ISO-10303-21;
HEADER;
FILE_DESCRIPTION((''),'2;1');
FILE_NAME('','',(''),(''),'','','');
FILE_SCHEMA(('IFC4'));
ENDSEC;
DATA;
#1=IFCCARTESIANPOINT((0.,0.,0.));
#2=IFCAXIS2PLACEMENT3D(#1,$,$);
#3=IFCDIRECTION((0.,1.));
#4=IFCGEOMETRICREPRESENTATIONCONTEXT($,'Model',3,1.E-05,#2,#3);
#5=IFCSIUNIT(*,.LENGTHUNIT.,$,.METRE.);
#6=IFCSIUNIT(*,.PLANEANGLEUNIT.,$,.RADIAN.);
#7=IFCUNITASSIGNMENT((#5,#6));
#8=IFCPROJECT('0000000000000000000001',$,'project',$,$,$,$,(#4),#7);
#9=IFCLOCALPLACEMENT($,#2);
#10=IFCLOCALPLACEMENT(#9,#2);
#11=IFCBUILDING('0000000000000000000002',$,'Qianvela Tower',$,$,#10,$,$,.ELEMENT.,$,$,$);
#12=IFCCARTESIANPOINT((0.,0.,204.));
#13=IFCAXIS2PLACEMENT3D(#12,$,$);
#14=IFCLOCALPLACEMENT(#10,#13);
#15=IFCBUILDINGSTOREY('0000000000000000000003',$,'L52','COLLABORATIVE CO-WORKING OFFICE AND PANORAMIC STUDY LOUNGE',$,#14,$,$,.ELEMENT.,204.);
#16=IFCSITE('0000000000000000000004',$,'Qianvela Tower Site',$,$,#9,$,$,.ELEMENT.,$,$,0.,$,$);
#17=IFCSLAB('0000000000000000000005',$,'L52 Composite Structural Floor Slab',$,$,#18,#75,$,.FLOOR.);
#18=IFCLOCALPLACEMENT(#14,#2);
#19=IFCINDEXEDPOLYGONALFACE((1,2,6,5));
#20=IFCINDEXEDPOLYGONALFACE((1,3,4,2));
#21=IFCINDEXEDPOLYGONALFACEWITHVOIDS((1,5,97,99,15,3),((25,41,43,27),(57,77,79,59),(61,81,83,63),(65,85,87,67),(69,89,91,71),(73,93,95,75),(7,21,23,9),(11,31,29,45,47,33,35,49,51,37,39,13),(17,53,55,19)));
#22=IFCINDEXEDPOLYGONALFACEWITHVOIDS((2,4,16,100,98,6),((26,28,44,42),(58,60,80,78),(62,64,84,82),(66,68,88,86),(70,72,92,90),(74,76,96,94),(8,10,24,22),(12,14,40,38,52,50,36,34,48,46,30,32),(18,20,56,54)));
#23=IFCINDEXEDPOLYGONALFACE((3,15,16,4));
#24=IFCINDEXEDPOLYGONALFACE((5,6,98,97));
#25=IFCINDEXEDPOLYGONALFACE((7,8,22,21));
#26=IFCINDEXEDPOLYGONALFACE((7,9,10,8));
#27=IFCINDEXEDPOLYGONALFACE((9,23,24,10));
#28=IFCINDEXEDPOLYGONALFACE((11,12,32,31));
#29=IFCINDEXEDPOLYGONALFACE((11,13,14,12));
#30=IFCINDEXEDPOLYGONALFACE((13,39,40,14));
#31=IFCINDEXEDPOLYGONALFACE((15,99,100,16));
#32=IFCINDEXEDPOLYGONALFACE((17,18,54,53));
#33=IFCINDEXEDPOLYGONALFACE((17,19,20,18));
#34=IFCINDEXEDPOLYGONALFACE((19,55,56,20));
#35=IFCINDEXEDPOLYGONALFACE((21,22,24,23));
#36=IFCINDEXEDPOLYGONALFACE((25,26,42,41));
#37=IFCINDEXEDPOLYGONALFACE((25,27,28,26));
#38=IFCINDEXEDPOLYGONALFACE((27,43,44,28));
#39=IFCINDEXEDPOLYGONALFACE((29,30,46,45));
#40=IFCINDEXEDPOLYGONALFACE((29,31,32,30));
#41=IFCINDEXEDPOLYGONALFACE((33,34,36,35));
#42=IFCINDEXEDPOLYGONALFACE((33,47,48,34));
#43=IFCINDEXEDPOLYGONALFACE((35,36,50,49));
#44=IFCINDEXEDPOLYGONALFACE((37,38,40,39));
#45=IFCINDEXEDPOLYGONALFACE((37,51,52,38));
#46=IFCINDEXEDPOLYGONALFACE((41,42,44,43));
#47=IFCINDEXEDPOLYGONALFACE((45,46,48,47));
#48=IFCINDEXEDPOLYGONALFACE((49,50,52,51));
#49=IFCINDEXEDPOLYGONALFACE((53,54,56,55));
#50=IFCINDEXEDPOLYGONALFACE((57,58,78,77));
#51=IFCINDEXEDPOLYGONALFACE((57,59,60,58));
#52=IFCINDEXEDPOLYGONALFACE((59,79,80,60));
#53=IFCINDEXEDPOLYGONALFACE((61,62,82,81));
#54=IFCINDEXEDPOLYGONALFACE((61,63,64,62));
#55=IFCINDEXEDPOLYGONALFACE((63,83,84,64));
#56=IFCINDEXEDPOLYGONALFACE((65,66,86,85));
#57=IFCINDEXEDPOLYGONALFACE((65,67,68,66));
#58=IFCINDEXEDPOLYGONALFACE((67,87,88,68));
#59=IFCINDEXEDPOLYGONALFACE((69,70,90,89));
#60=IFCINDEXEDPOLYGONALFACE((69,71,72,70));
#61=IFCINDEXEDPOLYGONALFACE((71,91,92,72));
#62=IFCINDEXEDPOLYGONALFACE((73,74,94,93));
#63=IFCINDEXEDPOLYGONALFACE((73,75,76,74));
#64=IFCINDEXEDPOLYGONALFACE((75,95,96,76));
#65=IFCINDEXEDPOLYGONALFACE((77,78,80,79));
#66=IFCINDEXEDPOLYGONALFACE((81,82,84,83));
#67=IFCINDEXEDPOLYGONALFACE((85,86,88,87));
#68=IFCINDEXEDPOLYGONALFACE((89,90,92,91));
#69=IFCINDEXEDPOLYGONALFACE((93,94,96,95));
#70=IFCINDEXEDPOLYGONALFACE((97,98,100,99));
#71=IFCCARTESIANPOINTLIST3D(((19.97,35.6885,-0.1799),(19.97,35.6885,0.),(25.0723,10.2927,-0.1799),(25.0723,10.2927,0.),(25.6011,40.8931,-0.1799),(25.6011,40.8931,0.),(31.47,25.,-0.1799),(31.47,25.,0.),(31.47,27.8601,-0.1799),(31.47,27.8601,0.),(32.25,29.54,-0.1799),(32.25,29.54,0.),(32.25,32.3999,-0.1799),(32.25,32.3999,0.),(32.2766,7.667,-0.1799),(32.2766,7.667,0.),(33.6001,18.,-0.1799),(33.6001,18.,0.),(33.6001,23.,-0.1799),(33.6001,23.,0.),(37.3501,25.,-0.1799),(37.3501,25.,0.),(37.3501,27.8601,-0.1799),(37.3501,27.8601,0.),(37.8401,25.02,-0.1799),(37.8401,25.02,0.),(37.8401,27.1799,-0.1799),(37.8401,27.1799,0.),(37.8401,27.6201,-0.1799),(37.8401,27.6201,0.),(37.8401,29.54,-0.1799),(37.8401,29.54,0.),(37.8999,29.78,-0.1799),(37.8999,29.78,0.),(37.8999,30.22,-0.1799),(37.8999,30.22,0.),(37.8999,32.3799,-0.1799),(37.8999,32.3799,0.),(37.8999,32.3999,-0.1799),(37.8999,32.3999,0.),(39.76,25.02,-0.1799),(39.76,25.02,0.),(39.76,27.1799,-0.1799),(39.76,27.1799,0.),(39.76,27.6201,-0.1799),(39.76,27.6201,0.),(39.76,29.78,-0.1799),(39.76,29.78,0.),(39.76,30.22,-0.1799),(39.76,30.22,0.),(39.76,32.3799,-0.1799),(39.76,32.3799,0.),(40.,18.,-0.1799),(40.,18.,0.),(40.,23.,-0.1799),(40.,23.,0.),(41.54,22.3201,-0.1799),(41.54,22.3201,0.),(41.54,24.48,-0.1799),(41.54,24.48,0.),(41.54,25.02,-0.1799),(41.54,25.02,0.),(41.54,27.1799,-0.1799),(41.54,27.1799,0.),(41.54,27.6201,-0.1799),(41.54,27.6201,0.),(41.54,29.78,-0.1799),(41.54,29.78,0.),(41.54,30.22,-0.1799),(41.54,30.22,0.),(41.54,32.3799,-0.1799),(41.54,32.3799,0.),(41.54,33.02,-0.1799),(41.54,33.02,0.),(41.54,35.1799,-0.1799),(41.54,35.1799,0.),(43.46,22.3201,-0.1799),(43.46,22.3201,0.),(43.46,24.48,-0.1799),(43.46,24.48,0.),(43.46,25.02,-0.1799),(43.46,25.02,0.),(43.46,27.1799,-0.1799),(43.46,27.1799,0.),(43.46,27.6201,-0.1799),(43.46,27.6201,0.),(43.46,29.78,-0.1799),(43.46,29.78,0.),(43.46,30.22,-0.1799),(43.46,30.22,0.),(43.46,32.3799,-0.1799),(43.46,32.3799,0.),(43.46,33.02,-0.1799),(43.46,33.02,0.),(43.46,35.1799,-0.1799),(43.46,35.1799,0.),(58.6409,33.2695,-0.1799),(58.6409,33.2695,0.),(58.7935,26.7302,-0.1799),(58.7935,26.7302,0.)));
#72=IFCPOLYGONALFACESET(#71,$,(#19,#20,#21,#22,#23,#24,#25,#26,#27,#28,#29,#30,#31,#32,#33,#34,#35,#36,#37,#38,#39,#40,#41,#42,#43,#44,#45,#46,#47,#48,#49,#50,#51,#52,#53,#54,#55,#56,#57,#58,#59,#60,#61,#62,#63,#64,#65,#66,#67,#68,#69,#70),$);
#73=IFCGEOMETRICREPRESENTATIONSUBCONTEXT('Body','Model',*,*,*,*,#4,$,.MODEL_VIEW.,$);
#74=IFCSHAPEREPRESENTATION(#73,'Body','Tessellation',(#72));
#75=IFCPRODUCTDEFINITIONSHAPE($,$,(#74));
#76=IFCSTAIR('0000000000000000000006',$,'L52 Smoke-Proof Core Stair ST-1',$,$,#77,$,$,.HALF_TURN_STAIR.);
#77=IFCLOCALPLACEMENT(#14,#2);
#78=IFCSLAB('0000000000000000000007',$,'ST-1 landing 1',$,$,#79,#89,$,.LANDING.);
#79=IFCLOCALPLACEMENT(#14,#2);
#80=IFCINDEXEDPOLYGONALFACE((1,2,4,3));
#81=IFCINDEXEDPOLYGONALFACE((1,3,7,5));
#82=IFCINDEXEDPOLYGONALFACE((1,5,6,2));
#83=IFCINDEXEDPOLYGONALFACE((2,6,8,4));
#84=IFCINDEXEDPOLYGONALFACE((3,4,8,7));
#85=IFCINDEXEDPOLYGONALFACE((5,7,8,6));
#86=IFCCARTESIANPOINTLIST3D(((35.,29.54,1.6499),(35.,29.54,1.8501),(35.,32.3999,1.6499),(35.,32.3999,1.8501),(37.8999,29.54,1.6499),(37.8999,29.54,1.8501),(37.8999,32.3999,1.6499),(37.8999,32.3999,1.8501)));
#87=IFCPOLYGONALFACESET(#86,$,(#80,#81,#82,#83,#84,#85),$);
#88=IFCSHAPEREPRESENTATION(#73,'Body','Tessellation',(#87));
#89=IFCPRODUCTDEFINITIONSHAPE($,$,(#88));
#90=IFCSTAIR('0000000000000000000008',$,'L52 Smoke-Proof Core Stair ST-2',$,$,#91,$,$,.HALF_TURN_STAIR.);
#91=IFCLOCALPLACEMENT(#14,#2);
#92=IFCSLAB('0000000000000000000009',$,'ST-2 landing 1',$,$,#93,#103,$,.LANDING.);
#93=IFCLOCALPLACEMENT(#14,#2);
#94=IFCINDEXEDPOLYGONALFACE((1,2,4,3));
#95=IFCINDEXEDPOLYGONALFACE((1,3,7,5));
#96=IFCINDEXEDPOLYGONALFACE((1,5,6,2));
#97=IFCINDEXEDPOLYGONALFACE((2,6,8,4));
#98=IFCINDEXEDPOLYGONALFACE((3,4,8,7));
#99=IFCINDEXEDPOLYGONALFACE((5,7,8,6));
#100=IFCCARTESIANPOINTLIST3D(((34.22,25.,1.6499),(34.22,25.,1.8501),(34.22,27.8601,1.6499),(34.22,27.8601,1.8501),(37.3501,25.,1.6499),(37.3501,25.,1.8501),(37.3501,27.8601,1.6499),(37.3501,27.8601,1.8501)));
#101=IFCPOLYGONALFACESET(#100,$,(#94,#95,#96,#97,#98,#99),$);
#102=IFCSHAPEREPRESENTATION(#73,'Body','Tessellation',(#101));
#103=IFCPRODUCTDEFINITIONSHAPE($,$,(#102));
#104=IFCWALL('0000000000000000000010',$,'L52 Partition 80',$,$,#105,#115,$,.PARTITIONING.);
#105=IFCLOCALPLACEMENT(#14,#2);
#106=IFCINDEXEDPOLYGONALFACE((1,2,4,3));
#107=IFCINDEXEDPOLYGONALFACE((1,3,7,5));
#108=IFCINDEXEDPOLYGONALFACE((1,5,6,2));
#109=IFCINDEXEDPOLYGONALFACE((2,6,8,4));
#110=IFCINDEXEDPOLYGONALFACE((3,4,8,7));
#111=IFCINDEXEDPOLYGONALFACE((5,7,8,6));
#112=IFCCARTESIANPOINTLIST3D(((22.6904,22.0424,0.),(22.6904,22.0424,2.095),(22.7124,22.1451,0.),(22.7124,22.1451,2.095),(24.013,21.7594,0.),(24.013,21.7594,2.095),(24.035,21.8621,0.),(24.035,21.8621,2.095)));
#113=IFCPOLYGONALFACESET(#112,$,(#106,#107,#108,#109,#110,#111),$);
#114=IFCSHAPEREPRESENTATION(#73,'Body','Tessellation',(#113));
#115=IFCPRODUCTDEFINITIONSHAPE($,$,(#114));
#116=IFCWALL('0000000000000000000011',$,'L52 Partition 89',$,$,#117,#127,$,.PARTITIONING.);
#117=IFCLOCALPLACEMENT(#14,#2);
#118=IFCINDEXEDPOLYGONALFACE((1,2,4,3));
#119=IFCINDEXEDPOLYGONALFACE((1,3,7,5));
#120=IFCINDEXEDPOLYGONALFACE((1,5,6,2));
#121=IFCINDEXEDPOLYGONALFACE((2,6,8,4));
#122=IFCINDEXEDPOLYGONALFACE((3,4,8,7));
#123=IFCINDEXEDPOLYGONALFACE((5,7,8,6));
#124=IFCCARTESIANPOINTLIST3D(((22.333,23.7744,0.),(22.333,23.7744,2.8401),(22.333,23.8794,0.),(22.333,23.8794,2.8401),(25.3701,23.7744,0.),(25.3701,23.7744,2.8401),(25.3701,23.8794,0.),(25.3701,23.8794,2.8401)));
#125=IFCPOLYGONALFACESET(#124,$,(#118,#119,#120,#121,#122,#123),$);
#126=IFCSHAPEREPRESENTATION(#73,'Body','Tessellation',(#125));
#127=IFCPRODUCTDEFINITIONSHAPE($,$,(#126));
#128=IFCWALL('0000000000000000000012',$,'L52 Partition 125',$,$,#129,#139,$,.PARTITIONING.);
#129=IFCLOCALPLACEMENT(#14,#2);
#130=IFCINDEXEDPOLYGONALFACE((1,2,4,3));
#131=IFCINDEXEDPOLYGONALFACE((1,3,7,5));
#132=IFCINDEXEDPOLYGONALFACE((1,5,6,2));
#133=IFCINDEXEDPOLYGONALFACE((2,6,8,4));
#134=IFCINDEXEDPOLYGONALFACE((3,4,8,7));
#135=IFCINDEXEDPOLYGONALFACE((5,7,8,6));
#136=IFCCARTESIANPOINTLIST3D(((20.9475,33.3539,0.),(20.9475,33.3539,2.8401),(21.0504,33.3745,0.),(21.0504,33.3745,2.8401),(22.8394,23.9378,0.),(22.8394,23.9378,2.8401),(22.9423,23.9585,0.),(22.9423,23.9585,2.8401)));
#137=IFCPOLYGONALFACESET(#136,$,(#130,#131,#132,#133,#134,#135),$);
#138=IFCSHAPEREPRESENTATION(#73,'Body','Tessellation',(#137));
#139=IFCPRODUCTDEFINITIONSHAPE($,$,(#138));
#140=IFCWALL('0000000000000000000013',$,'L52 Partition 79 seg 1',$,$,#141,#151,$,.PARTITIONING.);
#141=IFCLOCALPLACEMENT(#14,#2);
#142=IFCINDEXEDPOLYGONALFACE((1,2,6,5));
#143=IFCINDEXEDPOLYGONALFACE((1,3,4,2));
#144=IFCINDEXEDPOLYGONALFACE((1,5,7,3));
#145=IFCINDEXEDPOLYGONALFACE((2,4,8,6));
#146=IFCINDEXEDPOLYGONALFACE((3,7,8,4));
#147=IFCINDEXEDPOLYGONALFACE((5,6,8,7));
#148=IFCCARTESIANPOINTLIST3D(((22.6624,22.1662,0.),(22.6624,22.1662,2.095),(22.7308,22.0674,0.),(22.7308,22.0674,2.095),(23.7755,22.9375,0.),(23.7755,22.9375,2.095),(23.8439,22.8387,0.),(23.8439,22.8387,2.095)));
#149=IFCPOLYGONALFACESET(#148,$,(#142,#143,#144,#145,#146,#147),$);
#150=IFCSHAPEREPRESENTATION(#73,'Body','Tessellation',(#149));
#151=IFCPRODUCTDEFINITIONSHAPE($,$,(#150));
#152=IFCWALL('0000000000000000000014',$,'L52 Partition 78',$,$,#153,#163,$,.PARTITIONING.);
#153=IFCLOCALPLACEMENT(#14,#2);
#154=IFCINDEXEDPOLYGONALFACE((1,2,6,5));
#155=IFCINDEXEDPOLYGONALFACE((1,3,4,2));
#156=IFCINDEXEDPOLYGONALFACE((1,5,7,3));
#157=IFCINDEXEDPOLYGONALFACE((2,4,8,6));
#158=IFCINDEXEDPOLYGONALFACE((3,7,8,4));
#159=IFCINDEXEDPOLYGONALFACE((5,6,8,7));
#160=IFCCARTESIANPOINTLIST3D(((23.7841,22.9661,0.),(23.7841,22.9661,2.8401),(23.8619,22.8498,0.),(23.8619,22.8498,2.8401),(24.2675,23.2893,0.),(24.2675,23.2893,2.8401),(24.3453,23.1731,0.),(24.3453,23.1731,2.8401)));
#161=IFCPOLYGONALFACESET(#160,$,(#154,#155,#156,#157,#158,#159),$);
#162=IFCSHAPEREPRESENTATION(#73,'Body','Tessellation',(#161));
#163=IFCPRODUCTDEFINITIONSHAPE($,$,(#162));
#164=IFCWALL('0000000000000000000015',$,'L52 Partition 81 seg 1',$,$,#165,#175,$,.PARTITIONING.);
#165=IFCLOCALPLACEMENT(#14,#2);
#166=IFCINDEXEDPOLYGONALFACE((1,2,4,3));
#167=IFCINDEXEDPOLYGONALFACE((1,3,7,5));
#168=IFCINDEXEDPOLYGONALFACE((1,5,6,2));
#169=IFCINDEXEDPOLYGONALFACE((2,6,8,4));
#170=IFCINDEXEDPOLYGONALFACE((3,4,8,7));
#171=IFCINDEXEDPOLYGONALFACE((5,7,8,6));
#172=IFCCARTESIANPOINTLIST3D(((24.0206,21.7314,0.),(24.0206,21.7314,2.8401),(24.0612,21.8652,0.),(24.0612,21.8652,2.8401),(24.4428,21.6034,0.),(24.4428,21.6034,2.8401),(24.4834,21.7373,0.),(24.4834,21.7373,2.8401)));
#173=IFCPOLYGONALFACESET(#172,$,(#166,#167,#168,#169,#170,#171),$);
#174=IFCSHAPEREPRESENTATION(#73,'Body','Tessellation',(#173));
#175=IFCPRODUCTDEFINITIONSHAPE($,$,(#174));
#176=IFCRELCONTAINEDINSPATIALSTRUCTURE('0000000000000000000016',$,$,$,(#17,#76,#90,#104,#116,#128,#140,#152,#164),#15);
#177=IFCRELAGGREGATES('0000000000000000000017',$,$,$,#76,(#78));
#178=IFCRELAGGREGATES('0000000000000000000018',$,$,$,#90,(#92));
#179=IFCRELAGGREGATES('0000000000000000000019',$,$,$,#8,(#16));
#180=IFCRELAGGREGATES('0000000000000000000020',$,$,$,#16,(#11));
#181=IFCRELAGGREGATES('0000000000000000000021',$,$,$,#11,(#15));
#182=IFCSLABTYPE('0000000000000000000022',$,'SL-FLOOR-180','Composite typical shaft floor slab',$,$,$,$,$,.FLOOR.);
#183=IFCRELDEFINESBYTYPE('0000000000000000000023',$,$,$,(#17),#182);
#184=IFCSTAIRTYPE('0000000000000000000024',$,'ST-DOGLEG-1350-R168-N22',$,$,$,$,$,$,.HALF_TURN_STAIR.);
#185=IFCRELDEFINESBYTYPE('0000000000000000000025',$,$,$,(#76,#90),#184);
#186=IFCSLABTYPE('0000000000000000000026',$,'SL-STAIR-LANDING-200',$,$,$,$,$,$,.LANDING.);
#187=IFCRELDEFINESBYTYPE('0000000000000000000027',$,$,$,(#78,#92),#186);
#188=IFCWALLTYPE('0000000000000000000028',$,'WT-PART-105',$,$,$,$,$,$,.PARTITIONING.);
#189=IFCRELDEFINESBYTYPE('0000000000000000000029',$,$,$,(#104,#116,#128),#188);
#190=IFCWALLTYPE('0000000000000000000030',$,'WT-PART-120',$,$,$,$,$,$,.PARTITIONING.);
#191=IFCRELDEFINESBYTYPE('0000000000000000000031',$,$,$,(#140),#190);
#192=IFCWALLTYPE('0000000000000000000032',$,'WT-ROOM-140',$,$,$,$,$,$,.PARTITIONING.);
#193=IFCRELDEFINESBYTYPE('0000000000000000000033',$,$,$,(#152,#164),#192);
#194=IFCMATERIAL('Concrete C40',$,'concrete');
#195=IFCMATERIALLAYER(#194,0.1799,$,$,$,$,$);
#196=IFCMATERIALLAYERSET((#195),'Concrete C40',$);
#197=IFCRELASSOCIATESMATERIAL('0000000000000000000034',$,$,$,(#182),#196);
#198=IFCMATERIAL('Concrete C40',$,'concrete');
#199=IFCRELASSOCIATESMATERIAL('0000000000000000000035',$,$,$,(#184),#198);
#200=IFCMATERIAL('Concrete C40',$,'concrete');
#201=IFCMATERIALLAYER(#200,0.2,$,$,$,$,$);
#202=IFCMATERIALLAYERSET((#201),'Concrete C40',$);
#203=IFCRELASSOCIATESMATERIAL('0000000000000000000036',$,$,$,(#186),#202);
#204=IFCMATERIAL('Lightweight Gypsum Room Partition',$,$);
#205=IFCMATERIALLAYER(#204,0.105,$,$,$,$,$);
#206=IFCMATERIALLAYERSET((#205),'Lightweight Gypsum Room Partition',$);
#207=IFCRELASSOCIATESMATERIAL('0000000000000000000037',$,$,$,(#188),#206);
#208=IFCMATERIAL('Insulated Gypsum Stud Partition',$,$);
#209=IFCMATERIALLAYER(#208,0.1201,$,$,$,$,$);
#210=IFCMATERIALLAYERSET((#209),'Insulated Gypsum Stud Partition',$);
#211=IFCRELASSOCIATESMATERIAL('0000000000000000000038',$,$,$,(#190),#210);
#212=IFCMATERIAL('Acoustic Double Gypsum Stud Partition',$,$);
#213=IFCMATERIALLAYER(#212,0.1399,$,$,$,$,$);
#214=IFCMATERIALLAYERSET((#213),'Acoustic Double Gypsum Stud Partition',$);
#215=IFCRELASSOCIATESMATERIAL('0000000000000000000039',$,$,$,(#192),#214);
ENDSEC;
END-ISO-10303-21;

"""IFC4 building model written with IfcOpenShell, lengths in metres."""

from ifc_helpers import new_model, si_unit, direction, frame, frame_2d, origin, place, context, subcontext, project, spatial, polyline, rectangle, outline, extrude, material, layer, layer_set, type_object, element, aggregate, save


model = new_model("IFC4")

# Units and contexts
model_context = context("Model", 3, precision=1e-05, world=origin(), true_north=direction((0.0, 1.0)))
body_context = subcontext(model_context, "Body", "Model", "MODEL_VIEW")
ifc_project = project(units=[si_unit("LENGTHUNIT", "METRE"), si_unit("PLANEANGLEUNIT", "RADIAN")], contexts=[model_context])

# Site, building, storey
site_placement = place(None, origin())
site = spatial("IfcSite", under=ifc_project, at=site_placement, Name="Qianvela Tower Site", CompositionType="ELEMENT", RefElevation=0.0)
building_placement = place(site_placement, origin())
building = spatial("IfcBuilding", under=site, at=building_placement, Name="Qianvela Tower", CompositionType="ELEMENT")
storey_placement = place(building_placement, frame((0.0, 0.0, 204.0)))
storey = spatial("IfcBuildingStorey", under=building, at=storey_placement, Name="L52", Description="COLLABORATIVE CO-WORKING OFFICE AND PANORAMIC STUDY LOUNGE", CompositionType="ELEMENT", Elevation=204.0)

# Slab
ifc_material_1 = material(Name="Concrete C40", Category="concrete")
ifc_layer_1 = layer(ifc_material_1, 0.1799)
ifc_layer_set_1 = layer_set([ifc_layer_1], Name="Concrete C40")
slab_type_1 = type_object("IfcSlabType", Name="SL-FLOOR-180", Description="Composite typical shaft floor slab", PredefinedType="FLOOR", material=ifc_layer_set_1)
slab_1_placement = place(storey_placement, frame((0.0, 0.0, -0.1799)))
element("IfcSlab", 1, at=slab_1_placement, inside=storey, type_object=slab_type_1, Name="L52 Composite Structural Floor Slab", PredefinedType="FLOOR", context=body_context, shape_type="SweptSolid", body=[
    extrude(outline(polyline([(58.7935, 26.7302), (58.6409, 33.2695), (25.6011, 40.8931), (19.97, 35.6885), (25.0723, 10.2927), (32.2766, 7.667), (58.7935, 26.7302)]), holes=[polyline([(40.0, 23.0), (33.6001, 23.0), (33.6001, 18.0), (40.0, 18.0), (40.0, 23.0)]), polyline([(39.76, 27.1799), (37.8401, 27.1799), (37.8401, 25.02), (39.76, 25.02), (39.76, 27.1799)]), polyline([(37.3501, 27.8601), (31.47, 27.8601), (31.47, 25.0), (37.3501, 25.0), (37.3501, 27.8601)]), polyline([(37.8401, 27.6201), (39.76, 27.6201), (39.76, 29.78), (37.8999, 29.78), (37.8999, 30.22), (39.76, 30.22), (39.76, 32.3799), (37.8999, 32.3799), (37.8999, 32.3999), (32.25, 32.3999), (32.25, 29.54), (37.8401, 29.54), (37.8401, 27.6201)]), polyline([(43.46, 22.3201), (43.46, 24.48), (41.54, 24.48), (41.54, 22.3201), (43.46, 22.3201)]), polyline([(43.46, 25.02), (43.46, 27.1799), (41.54, 27.1799), (41.54, 25.02), (43.46, 25.02)]), polyline([(43.46, 29.78), (41.54, 29.78), (41.54, 27.6201), (43.46, 27.6201), (43.46, 29.78)]), polyline([(43.46, 30.22), (43.46, 32.3799), (41.54, 32.3799), (41.54, 30.22), (43.46, 30.22)]), polyline([(43.46, 33.02), (43.46, 35.1799), (41.54, 35.1799), (41.54, 33.02), (43.46, 33.02)])]), origin(), (0.0, 0.0, 1.0), 0.1799),
])

# Stairs, slabs
ifc_material_2 = material(Name="Concrete C40", Category="concrete")
stair_type = type_object("IfcStairType", Name="ST-DOGLEG-1350-R168-N22", PredefinedType="HALF_TURN_STAIR", material=ifc_material_2)
stair_1_placement = place(storey_placement, origin())
stair_1 = element("IfcStair", 2, at=stair_1_placement, inside=storey, type_object=stair_type, Name="L52 Smoke-Proof Core Stair ST-1", PredefinedType="HALF_TURN_STAIR")
ifc_material_3 = material(Name="Concrete C40", Category="concrete")
ifc_layer_2 = layer(ifc_material_3, 0.2)
ifc_layer_set_2 = layer_set([ifc_layer_2], Name="Concrete C40")
slab_type_2 = type_object("IfcSlabType", Name="SL-STAIR-LANDING-200", PredefinedType="LANDING", material=ifc_layer_set_2)
slab_2_placement = place(storey_placement, frame((0.0, 0.0, 1.6499)))
slab_2 = element("IfcSlab", 3, at=slab_2_placement, type_object=slab_type_2, Name="ST-1 landing 1", PredefinedType="LANDING", context=body_context, shape_type="SweptSolid", body=[
    extrude(outline(polyline([(35.0, 29.54), (37.8999, 29.54), (37.8999, 32.3999), (35.0, 32.3999), (35.0, 29.54)])), origin(), (0.0, 0.0, 1.0), 0.2002),
])
aggregate(stair_1, [slab_2])
stair_2_placement = place(storey_placement, origin())
stair_2 = element("IfcStair", 4, at=stair_2_placement, inside=storey, type_object=stair_type, Name="L52 Smoke-Proof Core Stair ST-2", PredefinedType="HALF_TURN_STAIR")
slab_3_placement = place(storey_placement, frame((0.0, 0.0, 1.6499)))
slab_3 = element("IfcSlab", 5, at=slab_3_placement, type_object=slab_type_2, Name="ST-2 landing 1", PredefinedType="LANDING", context=body_context, shape_type="SweptSolid", body=[
    extrude(outline(polyline([(34.22, 25.0), (37.3501, 25.0), (37.3501, 27.8601), (34.22, 27.8601), (34.22, 25.0)])), origin(), (0.0, 0.0, 1.0), 0.2002),
])
aggregate(stair_2, [slab_3])

# Walls
ifc_material_4 = material(Name="Lightweight Gypsum Room Partition")
ifc_layer_3 = layer(ifc_material_4, 0.105)
ifc_layer_set_3 = layer_set([ifc_layer_3], Name="Lightweight Gypsum Room Partition")
wall_type_1 = type_object("IfcWallType", Name="WT-PART-105", PredefinedType="PARTITIONING", material=ifc_layer_set_3)
wall_1_placement = place(storey_placement, frame((22.7014, 22.0938, 0.0), z_axis=(0.0, 0.0, 1.0), x_axis=(0.977868, -0.209221, 0.0)))
element("IfcWall", 6, at=wall_1_placement, inside=storey, type_object=wall_type_1, Name="L52 Partition 80", PredefinedType="PARTITIONING", context=body_context, shape_type="SweptSolid", body=[
    extrude(rectangle(XDim=1.3525, YDim=0.105, at=frame_2d((0.6763, 0.0))), origin(), (0.0, 0.0, 1.0), 2.095),
])
wall_2_placement = place(storey_placement, frame((22.333, 23.8269, 0.0), z_axis=(0.0, 0.0, 1.0), x_axis=(1.0, 0.0, 0.0)))
element("IfcWall", 7, at=wall_2_placement, inside=storey, type_object=wall_type_1, Name="L52 Partition 89", PredefinedType="PARTITIONING", context=body_context, shape_type="SweptSolid", body=[
    extrude(rectangle(XDim=3.0371, YDim=0.105, at=frame_2d((1.5186, 0.0))), origin(), (0.0, 0.0, 1.0), 2.8401),
])
wall_3_placement = place(storey_placement, frame((22.8909, 23.948, 0.0), z_axis=(0.0, 0.0, 1.0), x_axis=(-0.196981, 0.980407, 0.0)))
element("IfcWall", 8, at=wall_3_placement, inside=storey, type_object=wall_type_1, Name="L52 Partition 125", PredefinedType="PARTITIONING", context=body_context, shape_type="SweptSolid", body=[
    extrude(rectangle(XDim=9.6042, YDim=0.105, at=frame_2d((4.8022, 0.0))), origin(), (0.0, 0.0, 1.0), 2.8401),
])
ifc_material_5 = material(Name="Insulated Gypsum Stud Partition")
ifc_layer_4 = layer(ifc_material_5, 0.1201)
ifc_layer_set_4 = layer_set([ifc_layer_4], Name="Insulated Gypsum Stud Partition")
wall_type_2 = type_object("IfcWallType", Name="WT-PART-120", PredefinedType="PARTITIONING", material=ifc_layer_set_4)
wall_4_placement = place(storey_placement, frame((23.8098, 22.8882, 0.0), z_axis=(0.0, 0.0, 1.0), x_axis=(-0.821958, -0.569547, 0.0)))
element("IfcWall", 9, at=wall_4_placement, inside=storey, type_object=wall_type_2, Name="L52 Partition 79 seg 1", PredefinedType="PARTITIONING", context=body_context, shape_type="SweptSolid", body=[
    extrude(rectangle(XDim=1.3542, YDim=0.1201, at=frame_2d((0.6772, 0.0))), origin(), (0.0, 0.0, 1.0), 2.095),
])
ifc_material_6 = material(Name="Acoustic Double Gypsum Stud Partition")
ifc_layer_5 = layer(ifc_material_6, 0.1399)
ifc_layer_set_5 = layer_set([ifc_layer_5], Name="Acoustic Double Gypsum Stud Partition")
wall_type_3 = type_object("IfcWallType", Name="WT-ROOM-140", PredefinedType="PARTITIONING", material=ifc_layer_set_5)
wall_5_placement = place(storey_placement, frame((24.3064, 23.2312, 0.0), z_axis=(0.0, 0.0, 1.0), x_axis=(-0.831274, -0.555862, 0.0)))
element("IfcWall", 10, at=wall_5_placement, inside=storey, type_object=wall_type_3, Name="L52 Partition 78", PredefinedType="PARTITIONING", context=body_context, shape_type="SweptSolid", body=[
    extrude(rectangle(XDim=0.5815, YDim=0.1399, at=frame_2d((0.2908, 0.0))), origin(), (0.0, 0.0, 1.0), 2.8401),
])
wall_6_placement = place(storey_placement, frame((24.0408, 21.7983, 0.0), z_axis=(0.0, 0.0, 1.0), x_axis=(0.957015, -0.290038, 0.0)))
element("IfcWall", 11, at=wall_6_placement, inside=storey, type_object=wall_type_3, Name="L52 Partition 81 seg 1", PredefinedType="PARTITIONING", context=body_context, shape_type="SweptSolid", body=[
    extrude(rectangle(XDim=0.4412, YDim=0.1399, at=frame_2d((0.2207, 0.0))), origin(), (0.0, 0.0, 1.0), 2.8401),
])

save(model, "model.ifc")
